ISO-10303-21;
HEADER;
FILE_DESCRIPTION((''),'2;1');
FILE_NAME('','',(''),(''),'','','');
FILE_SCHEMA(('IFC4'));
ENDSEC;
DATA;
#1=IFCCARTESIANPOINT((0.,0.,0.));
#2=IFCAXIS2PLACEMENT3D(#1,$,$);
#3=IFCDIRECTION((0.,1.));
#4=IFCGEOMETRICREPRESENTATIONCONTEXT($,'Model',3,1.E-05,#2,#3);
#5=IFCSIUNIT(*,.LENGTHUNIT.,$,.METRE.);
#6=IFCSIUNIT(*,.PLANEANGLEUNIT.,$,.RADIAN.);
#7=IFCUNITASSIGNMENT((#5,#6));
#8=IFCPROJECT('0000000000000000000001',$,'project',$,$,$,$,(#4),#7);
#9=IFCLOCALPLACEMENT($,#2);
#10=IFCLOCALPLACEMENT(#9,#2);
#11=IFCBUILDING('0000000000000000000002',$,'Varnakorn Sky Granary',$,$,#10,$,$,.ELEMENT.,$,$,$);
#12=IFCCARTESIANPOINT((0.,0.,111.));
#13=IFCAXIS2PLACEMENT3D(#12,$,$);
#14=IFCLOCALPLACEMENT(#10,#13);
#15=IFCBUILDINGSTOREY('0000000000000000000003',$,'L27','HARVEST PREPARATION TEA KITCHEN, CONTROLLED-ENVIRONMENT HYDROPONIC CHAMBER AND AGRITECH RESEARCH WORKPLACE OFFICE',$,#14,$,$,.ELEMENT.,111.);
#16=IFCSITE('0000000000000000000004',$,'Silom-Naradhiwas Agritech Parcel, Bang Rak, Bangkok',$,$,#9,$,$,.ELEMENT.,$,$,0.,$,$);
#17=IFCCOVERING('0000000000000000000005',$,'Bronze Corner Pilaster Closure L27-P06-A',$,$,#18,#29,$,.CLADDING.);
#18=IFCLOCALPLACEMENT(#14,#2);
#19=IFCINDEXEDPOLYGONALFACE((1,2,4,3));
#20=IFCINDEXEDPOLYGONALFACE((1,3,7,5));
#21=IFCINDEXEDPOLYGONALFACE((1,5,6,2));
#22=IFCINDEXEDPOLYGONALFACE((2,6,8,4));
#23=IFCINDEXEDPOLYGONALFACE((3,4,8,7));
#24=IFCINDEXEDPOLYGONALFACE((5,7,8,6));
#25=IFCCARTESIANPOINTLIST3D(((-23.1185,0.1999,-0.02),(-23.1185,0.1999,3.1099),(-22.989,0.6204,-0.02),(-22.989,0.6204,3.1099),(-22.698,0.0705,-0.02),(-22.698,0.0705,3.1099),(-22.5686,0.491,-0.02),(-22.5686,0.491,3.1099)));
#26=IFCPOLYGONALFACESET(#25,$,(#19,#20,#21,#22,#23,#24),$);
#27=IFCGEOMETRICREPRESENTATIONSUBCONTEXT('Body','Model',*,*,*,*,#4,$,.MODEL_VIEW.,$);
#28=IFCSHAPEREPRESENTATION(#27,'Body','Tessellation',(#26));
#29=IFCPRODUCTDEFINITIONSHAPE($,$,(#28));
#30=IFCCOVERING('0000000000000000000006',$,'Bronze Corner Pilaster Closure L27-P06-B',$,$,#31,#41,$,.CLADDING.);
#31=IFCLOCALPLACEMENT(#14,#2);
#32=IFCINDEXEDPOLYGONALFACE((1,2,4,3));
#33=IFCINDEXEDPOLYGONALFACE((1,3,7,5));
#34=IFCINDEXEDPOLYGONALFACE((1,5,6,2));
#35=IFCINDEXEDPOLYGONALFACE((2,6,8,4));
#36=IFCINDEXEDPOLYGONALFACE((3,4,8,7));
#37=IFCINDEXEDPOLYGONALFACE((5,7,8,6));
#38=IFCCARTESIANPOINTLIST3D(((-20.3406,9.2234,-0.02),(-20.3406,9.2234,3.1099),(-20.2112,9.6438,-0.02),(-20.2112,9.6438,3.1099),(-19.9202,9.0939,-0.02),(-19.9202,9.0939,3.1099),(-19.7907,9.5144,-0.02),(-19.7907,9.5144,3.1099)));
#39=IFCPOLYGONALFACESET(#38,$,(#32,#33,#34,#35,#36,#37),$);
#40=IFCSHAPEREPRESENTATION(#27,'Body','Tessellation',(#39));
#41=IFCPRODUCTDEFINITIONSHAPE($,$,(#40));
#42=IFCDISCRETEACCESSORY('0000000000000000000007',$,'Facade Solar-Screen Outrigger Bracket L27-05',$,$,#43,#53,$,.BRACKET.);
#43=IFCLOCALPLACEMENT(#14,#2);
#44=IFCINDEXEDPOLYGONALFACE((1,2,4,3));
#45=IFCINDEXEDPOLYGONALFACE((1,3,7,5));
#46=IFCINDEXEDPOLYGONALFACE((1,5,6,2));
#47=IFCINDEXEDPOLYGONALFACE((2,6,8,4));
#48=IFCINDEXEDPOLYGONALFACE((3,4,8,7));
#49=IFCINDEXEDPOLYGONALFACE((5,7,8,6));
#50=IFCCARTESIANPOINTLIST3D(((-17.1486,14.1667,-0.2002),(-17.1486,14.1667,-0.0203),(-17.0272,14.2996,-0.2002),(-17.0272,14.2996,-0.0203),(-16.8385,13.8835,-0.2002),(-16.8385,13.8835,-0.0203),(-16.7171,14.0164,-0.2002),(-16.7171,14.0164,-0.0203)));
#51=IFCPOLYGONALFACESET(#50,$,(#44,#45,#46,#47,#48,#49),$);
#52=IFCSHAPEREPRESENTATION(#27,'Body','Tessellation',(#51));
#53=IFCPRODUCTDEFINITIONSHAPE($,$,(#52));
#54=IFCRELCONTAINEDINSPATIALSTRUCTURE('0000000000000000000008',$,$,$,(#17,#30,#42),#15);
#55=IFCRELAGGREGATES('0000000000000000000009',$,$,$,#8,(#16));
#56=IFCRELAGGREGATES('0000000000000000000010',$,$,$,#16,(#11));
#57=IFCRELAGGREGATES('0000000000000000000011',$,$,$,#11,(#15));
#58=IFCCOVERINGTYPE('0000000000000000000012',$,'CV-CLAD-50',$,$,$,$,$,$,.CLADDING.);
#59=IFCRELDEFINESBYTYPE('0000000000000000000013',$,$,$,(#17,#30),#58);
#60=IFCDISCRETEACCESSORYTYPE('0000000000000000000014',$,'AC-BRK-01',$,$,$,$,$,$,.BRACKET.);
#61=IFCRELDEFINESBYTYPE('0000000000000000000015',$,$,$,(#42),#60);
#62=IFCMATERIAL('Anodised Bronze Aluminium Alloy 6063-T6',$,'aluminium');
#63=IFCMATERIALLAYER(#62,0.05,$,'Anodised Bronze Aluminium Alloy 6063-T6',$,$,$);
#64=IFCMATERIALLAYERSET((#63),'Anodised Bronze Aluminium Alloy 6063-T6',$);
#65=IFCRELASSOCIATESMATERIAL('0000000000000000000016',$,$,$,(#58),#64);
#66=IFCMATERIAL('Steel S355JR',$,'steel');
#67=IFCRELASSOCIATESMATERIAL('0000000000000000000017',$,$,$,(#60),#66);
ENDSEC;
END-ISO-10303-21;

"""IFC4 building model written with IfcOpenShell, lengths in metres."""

from ifc_helpers import new_model, si_unit, direction, frame, origin, origin_2d, place, context, subcontext, project, spatial, rectangle, extrude, source, transform, mapped, material, layer, layer_set, type_object, type_shapes, element, save


model = new_model("IFC4")

# Units and contexts
model_context = context("Model", 3, precision=1e-05, world=origin(), true_north=direction((0.0, 1.0)))
body_context = subcontext(model_context, "Body", "Model", "MODEL_VIEW")
ifc_project = project(units=[si_unit("LENGTHUNIT", "METRE"), si_unit("PLANEANGLEUNIT", "RADIAN")], contexts=[model_context])

# Site, building, storey
site_placement = place(None, origin())
site = spatial("IfcSite", under=ifc_project, at=site_placement, Name="Silom-Naradhiwas Agritech Parcel, Bang Rak, Bangkok", CompositionType="ELEMENT", RefElevation=0.0)
building_placement = place(site_placement, origin())
building = spatial("IfcBuilding", under=site, at=building_placement, Name="Varnakorn Sky Granary", CompositionType="ELEMENT")
storey_placement = place(building_placement, frame((0.0, 0.0, 111.0)))
storey = spatial("IfcBuildingStorey", under=building, at=storey_placement, Name="L27", Description="HARVEST PREPARATION TEA KITCHEN, CONTROLLED-ENVIRONMENT HYDROPONIC CHAMBER AND AGRITECH RESEARCH WORKPLACE OFFICE", CompositionType="ELEMENT", Elevation=111.0)

# Shared definitions
ifc_material_1 = material(Name="Steel S355JR", Category="steel")

# Shared definitions
ifc_material_2 = material(Name="Anodised Bronze Aluminium Alloy 6063-T6", Category="aluminium")

# Coverings
ifc_layer_1 = layer(ifc_material_2, 0.05, Name="Anodised Bronze Aluminium Alloy 6063-T6")
ifc_layer_set_1 = layer_set([ifc_layer_1], Name="Anodised Bronze Aluminium Alloy 6063-T6")
covering_type = type_object("IfcCoveringType", Name="CV-CLAD-50", PredefinedType="CLADDING", material=ifc_layer_set_1)
shared_shape_1 = source(origin(), body_context, "Body", "SweptSolid", [
    extrude(rectangle(XDim=0.4399, YDim=0.4399, at=origin_2d()), origin(), (0.0, 0.0, 1.0), 3.1299),
])
type_shapes(covering_type, [shared_shape_1])
for number, where, z_axis, x_axis, name in (
    (1, (-22.8435, 0.3455, -0.02), (0.0, 0.0, 1.0), (0.294207, 0.955742, 0.0), "Bronze Corner Pilaster Closure L27-P06-A"),
    (2, (-20.0657, 9.3689, -0.02), (0.0, 0.0, 1.0), (0.294207, 0.955742, 0.0), "Bronze Corner Pilaster Closure L27-P06-B"),
):
    element("IfcCovering", number, at=place(storey_placement, frame(where, z_axis=z_axis, x_axis=x_axis)), inside=storey, type_object=covering_type, Name=name, PredefinedType="CLADDING", context=body_context, shape_type="MappedRepresentation", body=[
        mapped(shared_shape_1, transform((0.0, 0.0, 0.0), x_axis=(1.0, 0.0, 0.0), y_axis=(0.0, 1.0, 0.0), z_axis=(0.0, 0.0, 1.0), scale=1.0)),
    ])

# Discrete accessory
discrete_accessory_type = type_object("IfcDiscreteAccessoryType", Name="AC-BRK-01", PredefinedType="BRACKET", material=ifc_material_1)
shared_shape_2 = source(origin(), body_context, "Body", "SweptSolid", [
    extrude(rectangle(XDim=0.1799, YDim=0.4199, at=origin_2d()), origin(), (0.0, 0.0, 1.0), 0.1799),
])
type_shapes(discrete_accessory_type, [shared_shape_2])
discrete_accessory_placement = place(storey_placement, frame((-16.9329, 14.0916, -0.2002), z_axis=(0.0, 0.0, 1.0), x_axis=(-0.674287, -0.738469, 0.0)))
element("IfcDiscreteAccessory", 3, at=discrete_accessory_placement, inside=storey, type_object=discrete_accessory_type, Name="Facade Solar-Screen Outrigger Bracket L27-05", PredefinedType="BRACKET", context=body_context, shape_type="MappedRepresentation", body=[
    mapped(shared_shape_2, transform((0.0, 0.0, 0.0), x_axis=(1.0, 0.0, 0.0), y_axis=(0.0, 1.0, 0.0), z_axis=(0.0, 0.0, 1.0), scale=1.0)),
])

save(model, "model.ifc")
